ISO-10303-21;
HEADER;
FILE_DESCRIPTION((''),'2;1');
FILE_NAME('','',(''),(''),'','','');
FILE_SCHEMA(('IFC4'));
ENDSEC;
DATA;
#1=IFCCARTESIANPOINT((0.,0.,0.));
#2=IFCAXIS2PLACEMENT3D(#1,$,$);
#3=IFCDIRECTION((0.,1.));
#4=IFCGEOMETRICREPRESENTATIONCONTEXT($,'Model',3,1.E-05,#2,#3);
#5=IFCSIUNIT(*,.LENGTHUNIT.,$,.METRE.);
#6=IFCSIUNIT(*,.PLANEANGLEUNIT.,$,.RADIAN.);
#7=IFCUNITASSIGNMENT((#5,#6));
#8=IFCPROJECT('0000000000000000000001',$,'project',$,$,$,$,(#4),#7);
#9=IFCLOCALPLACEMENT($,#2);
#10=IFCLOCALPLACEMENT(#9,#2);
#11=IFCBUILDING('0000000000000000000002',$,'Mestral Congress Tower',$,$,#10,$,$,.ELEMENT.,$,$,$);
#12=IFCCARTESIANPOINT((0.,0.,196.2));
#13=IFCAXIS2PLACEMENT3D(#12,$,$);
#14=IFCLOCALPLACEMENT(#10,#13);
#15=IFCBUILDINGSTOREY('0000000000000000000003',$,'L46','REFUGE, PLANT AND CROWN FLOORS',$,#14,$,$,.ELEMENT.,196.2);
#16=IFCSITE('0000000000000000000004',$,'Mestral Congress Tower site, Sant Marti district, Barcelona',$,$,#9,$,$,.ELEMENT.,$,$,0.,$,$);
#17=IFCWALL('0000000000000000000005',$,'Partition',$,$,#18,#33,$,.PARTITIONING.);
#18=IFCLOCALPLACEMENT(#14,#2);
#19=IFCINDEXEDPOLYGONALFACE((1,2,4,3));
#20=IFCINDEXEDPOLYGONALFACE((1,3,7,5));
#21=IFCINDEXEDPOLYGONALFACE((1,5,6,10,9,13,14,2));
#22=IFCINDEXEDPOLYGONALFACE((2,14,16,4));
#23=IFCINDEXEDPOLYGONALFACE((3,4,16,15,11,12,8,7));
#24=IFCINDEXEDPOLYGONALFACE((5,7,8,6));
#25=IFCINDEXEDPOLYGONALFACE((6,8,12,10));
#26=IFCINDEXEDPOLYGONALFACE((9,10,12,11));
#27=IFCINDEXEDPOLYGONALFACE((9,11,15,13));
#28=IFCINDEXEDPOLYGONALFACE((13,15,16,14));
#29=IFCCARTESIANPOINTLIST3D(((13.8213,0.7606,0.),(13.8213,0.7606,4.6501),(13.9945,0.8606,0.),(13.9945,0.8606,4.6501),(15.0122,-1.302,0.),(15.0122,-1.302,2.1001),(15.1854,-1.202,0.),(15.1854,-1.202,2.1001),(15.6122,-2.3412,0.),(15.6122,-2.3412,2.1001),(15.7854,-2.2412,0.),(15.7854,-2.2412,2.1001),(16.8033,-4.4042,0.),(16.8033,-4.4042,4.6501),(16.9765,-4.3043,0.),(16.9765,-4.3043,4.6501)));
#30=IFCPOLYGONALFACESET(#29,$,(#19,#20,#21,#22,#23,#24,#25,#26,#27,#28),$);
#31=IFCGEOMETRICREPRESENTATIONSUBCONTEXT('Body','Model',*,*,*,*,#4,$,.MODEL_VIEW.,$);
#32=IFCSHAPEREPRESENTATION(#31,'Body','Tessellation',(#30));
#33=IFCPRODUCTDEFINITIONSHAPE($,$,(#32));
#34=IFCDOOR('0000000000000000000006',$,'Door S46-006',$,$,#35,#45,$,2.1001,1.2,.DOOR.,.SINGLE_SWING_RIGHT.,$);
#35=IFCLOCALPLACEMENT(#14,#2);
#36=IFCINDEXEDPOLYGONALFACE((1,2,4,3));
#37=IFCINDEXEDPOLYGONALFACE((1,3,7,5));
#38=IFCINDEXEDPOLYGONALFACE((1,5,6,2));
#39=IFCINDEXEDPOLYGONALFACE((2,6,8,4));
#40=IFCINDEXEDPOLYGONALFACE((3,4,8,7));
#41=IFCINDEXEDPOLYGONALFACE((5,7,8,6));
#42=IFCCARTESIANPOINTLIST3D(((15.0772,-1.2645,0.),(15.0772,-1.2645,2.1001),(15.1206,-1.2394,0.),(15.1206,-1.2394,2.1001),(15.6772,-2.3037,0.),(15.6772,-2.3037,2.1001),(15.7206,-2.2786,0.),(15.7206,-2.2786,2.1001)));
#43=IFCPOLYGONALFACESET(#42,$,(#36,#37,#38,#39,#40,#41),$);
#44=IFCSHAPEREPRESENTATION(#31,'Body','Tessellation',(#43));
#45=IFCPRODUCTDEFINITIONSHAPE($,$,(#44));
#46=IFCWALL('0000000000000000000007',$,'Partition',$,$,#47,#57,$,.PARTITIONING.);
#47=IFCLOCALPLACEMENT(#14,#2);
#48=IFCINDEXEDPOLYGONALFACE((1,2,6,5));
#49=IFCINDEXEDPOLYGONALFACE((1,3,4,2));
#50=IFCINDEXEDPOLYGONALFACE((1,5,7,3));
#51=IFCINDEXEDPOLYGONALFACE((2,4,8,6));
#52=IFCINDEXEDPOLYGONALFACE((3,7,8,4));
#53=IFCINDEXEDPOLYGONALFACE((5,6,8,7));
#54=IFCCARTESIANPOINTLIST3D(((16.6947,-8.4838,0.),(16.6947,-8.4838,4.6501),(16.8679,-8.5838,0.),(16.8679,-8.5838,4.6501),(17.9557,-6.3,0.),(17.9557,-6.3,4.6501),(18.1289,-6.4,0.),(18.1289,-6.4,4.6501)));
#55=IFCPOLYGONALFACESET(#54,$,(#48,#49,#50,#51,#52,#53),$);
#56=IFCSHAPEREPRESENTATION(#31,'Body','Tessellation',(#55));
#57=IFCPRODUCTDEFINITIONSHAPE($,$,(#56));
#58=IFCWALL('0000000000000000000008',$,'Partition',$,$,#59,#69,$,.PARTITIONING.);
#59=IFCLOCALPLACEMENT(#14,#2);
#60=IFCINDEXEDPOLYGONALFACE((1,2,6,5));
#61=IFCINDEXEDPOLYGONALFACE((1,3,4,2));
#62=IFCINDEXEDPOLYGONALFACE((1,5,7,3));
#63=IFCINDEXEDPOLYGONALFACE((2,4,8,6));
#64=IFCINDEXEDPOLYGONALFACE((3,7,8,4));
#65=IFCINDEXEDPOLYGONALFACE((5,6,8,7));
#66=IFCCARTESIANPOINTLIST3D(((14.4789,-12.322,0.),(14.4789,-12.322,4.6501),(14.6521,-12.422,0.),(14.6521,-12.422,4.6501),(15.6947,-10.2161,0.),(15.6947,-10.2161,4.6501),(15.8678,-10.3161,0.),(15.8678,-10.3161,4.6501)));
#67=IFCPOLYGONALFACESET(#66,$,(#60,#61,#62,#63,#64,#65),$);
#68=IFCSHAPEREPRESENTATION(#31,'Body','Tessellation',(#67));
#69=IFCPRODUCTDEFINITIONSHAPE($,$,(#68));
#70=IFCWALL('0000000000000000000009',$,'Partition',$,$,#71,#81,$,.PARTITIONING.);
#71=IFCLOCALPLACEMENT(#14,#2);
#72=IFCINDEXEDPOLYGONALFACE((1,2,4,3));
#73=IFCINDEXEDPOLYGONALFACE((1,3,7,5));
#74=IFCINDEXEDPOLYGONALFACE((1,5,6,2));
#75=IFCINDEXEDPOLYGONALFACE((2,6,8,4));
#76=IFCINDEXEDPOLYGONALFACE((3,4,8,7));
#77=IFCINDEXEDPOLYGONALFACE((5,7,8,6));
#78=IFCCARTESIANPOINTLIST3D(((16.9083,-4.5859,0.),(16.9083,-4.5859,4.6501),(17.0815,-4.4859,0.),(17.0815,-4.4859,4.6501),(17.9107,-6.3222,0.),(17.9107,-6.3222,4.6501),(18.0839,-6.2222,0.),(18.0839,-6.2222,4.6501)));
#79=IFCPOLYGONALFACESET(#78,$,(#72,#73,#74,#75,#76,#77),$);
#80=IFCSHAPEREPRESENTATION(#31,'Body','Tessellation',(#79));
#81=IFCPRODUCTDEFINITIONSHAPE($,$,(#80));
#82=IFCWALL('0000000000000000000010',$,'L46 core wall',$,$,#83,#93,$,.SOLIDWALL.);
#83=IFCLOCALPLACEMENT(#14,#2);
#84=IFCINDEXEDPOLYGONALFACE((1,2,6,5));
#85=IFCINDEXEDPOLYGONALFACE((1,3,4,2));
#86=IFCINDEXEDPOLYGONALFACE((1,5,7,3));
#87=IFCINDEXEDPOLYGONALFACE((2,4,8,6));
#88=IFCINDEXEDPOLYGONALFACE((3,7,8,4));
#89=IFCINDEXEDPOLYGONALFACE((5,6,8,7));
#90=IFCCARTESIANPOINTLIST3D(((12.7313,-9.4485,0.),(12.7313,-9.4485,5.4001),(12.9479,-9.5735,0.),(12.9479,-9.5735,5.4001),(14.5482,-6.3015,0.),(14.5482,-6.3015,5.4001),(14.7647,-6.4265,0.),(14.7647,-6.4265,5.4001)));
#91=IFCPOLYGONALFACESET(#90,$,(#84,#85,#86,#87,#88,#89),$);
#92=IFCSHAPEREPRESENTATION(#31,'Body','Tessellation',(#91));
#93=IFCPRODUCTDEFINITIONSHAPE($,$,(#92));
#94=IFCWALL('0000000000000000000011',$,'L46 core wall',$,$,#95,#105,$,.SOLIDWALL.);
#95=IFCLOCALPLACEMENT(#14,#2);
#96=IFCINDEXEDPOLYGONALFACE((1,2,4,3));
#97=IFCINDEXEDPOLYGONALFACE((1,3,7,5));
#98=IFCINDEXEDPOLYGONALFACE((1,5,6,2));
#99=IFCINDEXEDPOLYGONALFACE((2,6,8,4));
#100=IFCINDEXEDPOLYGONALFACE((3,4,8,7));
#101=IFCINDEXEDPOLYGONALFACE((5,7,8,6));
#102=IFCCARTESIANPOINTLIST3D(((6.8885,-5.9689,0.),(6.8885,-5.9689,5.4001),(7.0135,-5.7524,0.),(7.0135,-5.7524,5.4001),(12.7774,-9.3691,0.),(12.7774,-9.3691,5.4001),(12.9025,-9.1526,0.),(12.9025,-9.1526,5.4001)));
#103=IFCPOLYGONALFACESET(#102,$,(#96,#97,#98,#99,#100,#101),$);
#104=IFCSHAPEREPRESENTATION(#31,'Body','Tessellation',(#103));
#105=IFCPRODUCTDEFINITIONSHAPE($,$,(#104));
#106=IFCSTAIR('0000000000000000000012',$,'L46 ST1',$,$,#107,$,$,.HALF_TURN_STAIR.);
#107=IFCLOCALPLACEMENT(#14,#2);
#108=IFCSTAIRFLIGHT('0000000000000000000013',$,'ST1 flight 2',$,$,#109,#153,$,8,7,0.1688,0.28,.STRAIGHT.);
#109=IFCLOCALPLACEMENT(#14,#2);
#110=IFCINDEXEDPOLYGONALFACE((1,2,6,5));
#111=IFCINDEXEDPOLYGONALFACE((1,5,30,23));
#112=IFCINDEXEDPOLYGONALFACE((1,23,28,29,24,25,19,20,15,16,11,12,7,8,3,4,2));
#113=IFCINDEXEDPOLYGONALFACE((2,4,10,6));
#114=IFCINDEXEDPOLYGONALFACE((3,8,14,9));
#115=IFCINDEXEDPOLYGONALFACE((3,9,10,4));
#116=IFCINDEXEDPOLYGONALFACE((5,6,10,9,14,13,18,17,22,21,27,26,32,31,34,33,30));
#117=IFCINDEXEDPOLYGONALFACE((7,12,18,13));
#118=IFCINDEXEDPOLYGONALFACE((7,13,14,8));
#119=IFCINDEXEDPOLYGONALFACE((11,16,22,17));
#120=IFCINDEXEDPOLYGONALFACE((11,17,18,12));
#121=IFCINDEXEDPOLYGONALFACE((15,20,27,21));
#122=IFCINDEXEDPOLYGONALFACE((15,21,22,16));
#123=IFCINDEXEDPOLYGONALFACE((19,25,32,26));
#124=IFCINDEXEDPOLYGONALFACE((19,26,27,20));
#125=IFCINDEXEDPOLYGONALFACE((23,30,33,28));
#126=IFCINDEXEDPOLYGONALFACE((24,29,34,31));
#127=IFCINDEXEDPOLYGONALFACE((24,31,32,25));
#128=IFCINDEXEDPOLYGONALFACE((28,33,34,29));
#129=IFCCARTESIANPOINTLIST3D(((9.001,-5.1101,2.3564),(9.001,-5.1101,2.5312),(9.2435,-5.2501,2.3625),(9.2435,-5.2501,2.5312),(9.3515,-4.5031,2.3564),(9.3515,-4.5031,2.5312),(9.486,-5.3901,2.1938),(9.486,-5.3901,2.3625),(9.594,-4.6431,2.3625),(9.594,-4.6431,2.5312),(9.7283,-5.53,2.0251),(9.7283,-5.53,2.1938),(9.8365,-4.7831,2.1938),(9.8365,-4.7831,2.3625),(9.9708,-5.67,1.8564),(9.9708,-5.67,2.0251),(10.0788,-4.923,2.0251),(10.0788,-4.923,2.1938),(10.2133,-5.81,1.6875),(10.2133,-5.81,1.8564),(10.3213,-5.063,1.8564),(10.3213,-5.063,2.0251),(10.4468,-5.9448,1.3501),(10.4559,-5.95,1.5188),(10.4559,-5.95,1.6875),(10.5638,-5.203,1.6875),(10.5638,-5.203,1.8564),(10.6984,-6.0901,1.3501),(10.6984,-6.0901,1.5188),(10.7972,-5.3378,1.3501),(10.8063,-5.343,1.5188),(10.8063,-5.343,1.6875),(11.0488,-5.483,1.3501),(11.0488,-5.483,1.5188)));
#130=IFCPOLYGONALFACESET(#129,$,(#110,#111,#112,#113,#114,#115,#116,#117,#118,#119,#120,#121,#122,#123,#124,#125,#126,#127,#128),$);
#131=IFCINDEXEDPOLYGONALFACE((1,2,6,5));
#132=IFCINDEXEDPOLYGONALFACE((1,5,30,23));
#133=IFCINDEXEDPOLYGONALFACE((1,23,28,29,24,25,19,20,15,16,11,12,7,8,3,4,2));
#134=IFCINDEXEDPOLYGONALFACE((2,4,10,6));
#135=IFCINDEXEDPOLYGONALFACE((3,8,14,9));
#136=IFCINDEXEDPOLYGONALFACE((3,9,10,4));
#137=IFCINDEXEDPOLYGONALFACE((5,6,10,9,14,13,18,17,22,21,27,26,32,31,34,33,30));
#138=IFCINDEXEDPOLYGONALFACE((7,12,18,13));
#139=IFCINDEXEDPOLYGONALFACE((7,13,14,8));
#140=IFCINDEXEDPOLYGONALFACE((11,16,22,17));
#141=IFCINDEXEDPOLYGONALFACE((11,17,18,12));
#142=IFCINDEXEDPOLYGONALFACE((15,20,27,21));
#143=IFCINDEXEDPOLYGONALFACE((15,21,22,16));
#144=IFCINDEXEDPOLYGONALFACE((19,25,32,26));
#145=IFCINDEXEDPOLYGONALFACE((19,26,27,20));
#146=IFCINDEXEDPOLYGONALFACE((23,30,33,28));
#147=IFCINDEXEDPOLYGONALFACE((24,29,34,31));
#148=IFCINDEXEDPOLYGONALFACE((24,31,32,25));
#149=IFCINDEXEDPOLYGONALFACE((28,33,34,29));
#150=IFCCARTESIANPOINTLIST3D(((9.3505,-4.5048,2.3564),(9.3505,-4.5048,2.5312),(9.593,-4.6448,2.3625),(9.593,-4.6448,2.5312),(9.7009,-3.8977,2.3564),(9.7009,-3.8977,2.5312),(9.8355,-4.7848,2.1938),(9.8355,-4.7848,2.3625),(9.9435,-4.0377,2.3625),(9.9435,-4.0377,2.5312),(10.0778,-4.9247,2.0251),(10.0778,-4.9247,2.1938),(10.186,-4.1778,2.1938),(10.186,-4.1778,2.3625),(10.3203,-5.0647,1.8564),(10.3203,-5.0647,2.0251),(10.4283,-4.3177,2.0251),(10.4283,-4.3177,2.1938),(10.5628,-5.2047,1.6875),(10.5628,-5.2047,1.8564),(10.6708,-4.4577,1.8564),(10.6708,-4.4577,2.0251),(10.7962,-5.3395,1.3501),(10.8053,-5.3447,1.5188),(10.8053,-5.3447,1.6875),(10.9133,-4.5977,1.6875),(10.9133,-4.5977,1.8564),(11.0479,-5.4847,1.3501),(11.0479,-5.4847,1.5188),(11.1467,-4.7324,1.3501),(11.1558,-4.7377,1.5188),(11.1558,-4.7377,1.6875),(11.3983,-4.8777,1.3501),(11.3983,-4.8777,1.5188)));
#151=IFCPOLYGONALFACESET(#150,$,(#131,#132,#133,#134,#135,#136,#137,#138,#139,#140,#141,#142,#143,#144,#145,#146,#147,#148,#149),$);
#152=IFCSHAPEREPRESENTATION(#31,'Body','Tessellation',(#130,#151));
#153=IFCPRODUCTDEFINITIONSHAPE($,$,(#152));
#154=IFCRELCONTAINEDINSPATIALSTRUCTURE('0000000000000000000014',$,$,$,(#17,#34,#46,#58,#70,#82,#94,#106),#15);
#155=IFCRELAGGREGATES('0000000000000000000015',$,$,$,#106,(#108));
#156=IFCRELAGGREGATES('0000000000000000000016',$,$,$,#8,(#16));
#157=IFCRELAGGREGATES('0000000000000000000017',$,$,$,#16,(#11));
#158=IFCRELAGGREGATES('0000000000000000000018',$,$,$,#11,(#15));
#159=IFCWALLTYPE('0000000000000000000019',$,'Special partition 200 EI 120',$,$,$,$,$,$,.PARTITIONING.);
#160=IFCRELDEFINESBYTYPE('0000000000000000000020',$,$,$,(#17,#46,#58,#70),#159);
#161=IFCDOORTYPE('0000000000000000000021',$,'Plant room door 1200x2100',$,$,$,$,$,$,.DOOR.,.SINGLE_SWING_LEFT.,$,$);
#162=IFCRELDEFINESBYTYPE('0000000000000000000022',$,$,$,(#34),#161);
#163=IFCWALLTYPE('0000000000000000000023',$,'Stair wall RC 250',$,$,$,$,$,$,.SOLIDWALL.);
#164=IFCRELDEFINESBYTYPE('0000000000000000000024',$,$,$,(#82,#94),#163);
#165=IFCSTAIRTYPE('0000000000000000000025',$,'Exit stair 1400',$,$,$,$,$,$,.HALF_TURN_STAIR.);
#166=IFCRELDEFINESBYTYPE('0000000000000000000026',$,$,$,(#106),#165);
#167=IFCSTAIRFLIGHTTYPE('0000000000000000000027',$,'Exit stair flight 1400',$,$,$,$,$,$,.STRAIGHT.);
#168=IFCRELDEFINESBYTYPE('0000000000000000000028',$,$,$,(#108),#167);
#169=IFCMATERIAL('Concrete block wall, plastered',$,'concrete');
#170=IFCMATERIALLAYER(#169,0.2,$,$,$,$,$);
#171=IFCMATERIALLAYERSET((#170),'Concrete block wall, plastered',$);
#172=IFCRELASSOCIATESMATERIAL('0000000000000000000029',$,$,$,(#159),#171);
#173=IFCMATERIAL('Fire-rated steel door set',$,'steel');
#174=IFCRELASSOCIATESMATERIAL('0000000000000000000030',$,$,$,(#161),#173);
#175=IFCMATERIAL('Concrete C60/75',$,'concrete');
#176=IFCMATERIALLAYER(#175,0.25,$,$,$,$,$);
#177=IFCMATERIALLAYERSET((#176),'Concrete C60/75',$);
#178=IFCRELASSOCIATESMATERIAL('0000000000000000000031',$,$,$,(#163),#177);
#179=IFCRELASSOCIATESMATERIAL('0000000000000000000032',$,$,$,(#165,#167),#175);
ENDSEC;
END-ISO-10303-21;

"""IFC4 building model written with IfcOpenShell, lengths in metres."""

from ifc_helpers import new_model, si_unit, direction, frame, frame_2d, origin, place, context, subcontext, project, spatial, polyline, rectangle, outline, extrude, material, layer, layer_set, type_object, element, fill, aggregate, save


model = new_model("IFC4")

# Units and contexts
model_context = context("Model", 3, precision=1e-05, world=origin(), true_north=direction((0.0, 1.0)))
body_context = subcontext(model_context, "Body", "Model", "MODEL_VIEW")
ifc_project = project(units=[si_unit("LENGTHUNIT", "METRE"), si_unit("PLANEANGLEUNIT", "RADIAN")], contexts=[model_context])

# Site, building, storey
site_placement = place(None, origin())
site = spatial("IfcSite", under=ifc_project, at=site_placement, Name="Mestral Congress Tower site, Sant Marti district, Barcelona", CompositionType="ELEMENT", RefElevation=0.0)
building_placement = place(site_placement, origin())
building = spatial("IfcBuilding", under=site, at=building_placement, Name="Mestral Congress Tower", CompositionType="ELEMENT")
storey_placement = place(building_placement, frame((0.0, 0.0, 196.2)))
storey = spatial("IfcBuildingStorey", under=building, at=storey_placement, Name="L46", Description="REFUGE, PLANT AND CROWN FLOORS", CompositionType="ELEMENT", Elevation=196.2)

# Shared definitions
placement = place(storey_placement, origin())

# Shared definitions
ifc_material_1 = material(Name="Concrete C60/75", Category="concrete")

# Shared definitions
ifc_material_2 = material(Name="Fire-rated steel door set", Category="steel")
ifc_material_3 = material(Name="Concrete block wall, plastered", Category="concrete")
ifc_layer_1 = layer(ifc_material_3, 0.2)
ifc_layer_set_1 = layer_set([ifc_layer_1], Name="Concrete block wall, plastered")
wall_type_1 = type_object("IfcWallType", Name="Special partition 200 EI 120", PredefinedType="PARTITIONING", material=ifc_layer_set_1)

# Wall, opening, door
wall_1_placement = place(storey_placement, frame((16.8899, -4.3542, 0.0), z_axis=(0.0, 0.0, 1.0), x_axis=(-0.500005, 0.866023, 0.0)))
wall_1 = element("IfcWall", 1, at=wall_1_placement, inside=storey, type_object=wall_type_1, Name="Partition", PredefinedType="PARTITIONING", context=body_context, shape_type="SweptSolid", body=[
    extrude(rectangle(XDim=5.9639, YDim=0.2, at=frame_2d((2.9819, 0.0))), origin(), (0.0, 0.0, 1.0), 4.6501),
])
opening_1_placement = place(wall_1_placement, frame((2.3821, 0.0, 0.0)))
opening_1 = element("IfcOpeningElement", 2, at=opening_1_placement, cuts=wall_1, PredefinedType="OPENING", context=body_context, shape_type="SweptSolid", body=[
    extrude(rectangle(XDim=1.2, YDim=2.1001, at=frame_2d((0.6001, 1.05))), frame((0.0, 0.1099, 0.0), z_axis=(0.0, -1.0, 0.0), x_axis=(1.0, 0.0, 0.0)), (0.0, 0.0, 1.0), 0.22),
])
door_type_1 = type_object("IfcDoorType", Name="Plant room door 1200x2100", OperationType="SINGLE_SWING_LEFT", PredefinedType="DOOR", material=ifc_material_2)
door_1_placement = place(opening_1_placement, origin())
door_1 = element("IfcDoor", 3, at=door_1_placement, inside=storey, type_object=door_type_1, Name="Door S46-006", OperationType="SINGLE_SWING_RIGHT", OverallHeight=2.1001, OverallWidth=1.2, PredefinedType="DOOR", context=body_context, shape_type="SweptSolid", body=[
    extrude(rectangle(XDim=1.2, YDim=2.1001, at=frame_2d((0.6001, 1.05))), frame((0.0, 0.0249, 0.0), z_axis=(0.0, -1.0, 0.0), x_axis=(1.0, 0.0, 0.0)), (0.0, 0.0, 1.0), 0.05),
])
fill(opening_1, door_1)

# Walls
wall_2_placement = place(storey_placement, frame((18.0422, -6.3501, 0.0), z_axis=(0.0, 0.0, 1.0), x_axis=(-0.500044, -0.866, 0.0)))
element("IfcWall", 4, at=wall_2_placement, inside=storey, type_object=wall_type_1, Name="Partition", PredefinedType="PARTITIONING", context=body_context, shape_type="SweptSolid", body=[
    extrude(rectangle(XDim=2.5217, YDim=0.2, at=frame_2d((1.2607, 0.0))), origin(), (0.0, 0.0, 1.0), 4.6501),
])
wall_3_placement = place(storey_placement, frame((15.7812, -10.2661, 0.0), z_axis=(0.0, 0.0, 1.0), x_axis=(-0.499983, -0.866035, 0.0)))
element("IfcWall", 5, at=wall_3_placement, inside=storey, type_object=wall_type_1, Name="Partition", PredefinedType="PARTITIONING", context=body_context, shape_type="SweptSolid", body=[
    extrude(rectangle(XDim=2.4316, YDim=0.2, at=frame_2d((1.2158, 0.0))), origin(), (0.0, 0.0, 1.0), 4.6501),
])
wall_4_placement = place(storey_placement, frame((16.9949, -4.5359, 0.0), z_axis=(0.0, 0.0, 1.0), x_axis=(0.499989, -0.866031, 0.0)))
element("IfcWall", 6, at=wall_4_placement, inside=storey, type_object=wall_type_1, Name="Partition", PredefinedType="PARTITIONING", context=body_context, shape_type="SweptSolid", body=[
    extrude(rectangle(XDim=2.0049, YDim=0.2, at=frame_2d((1.0024, 0.0))), origin(), (0.0, 0.0, 1.0), 4.6501),
])
ifc_layer_2 = layer(ifc_material_1, 0.25)
ifc_layer_set_2 = layer_set([ifc_layer_2], Name="Concrete C60/75")
wall_type_2 = type_object("IfcWallType", Name="Stair wall RC 250", PredefinedType="SOLIDWALL", material=ifc_layer_set_2)
wall_5_placement = place(storey_placement, frame((12.8396, -9.511, 0.0), z_axis=(0.0, 0.0, 1.0), x_axis=(0.499998, 0.866027, 0.0)))
element("IfcWall", 7, at=wall_5_placement, inside=storey, type_object=wall_type_2, Name="L46 core wall", PredefinedType="SOLIDWALL", context=body_context, shape_type="SweptSolid", body=[
    extrude(rectangle(XDim=3.6338, YDim=0.25, at=frame_2d((1.8169, 0.0))), origin(), (0.0, 0.0, 1.0), 5.4001),
])
wall_6_placement = place(storey_placement, frame((12.8398, -9.2607, 0.0), z_axis=(0.0, 0.0, 1.0), x_axis=(-0.866014, 0.50002, 0.0)))
element("IfcWall", 8, at=wall_6_placement, inside=storey, type_object=wall_type_2, Name="L46 core wall", PredefinedType="SOLIDWALL", context=body_context, shape_type="SweptSolid", body=[
    extrude(rectangle(XDim=6.8, YDim=0.25, at=frame_2d((3.3999, 0.0))), origin(), (0.0, 0.0, 1.0), 5.4001),
])

# Stair, stair flight
stair_type = type_object("IfcStairType", Name="Exit stair 1400", PredefinedType="HALF_TURN_STAIR", material=ifc_material_1)
stair = element("IfcStair", 9, at=placement, inside=storey, type_object=stair_type, Name="L46 ST1", PredefinedType="HALF_TURN_STAIR")
stair_flight_type = type_object("IfcStairFlightType", Name="Exit stair flight 1400", PredefinedType="STRAIGHT", material=ifc_material_1)
stair_flight_1_placement = place(storey_placement, frame((11.0483, -5.4839, 1.3501), z_axis=(0.0, 0.0, 1.0), x_axis=(-0.866025, 0.5, 0.0)))
stair_flight_1 = element("IfcStairFlight", 10, at=stair_flight_1_placement, type_object=stair_flight_type, Name="ST1 flight 2", NumberOfRisers=8, NumberOfTreads=7, PredefinedType="STRAIGHT", RiserHeight=0.1688, TreadLength=0.28, context=body_context, shape_type="SweptSolid", body=[
    extrude(outline(polyline([(0.0, 0.0), (0.0, 0.1687), (0.28, 0.1687), (0.28, 0.3374), (0.5601, 0.3374), (0.5601, 0.5063), (0.8401, 0.5063), (0.8401, 0.675), (1.1201, 0.675), (1.1201, 0.8438), (1.3999, 0.8438), (1.3999, 1.0125), (1.6799, 1.0125), (1.6799, 1.1812), (1.96, 1.1812), (1.96, 1.3501), (1.96, 1.0063), (0.2905, 0.0), (0.0, 0.0)])), frame((0.0, 0.7, 0.0), z_axis=(0.0, -1.0, 0.0), x_axis=(1.0, 0.0, 0.0)), (0.0, 0.0, 1.0), 0.7009),
    extrude(outline(polyline([(0.0, 0.0), (0.0, 0.1687), (0.28, 0.1687), (0.28, 0.3374), (0.5601, 0.3374), (0.5601, 0.5063), (0.8401, 0.5063), (0.8401, 0.675), (1.1201, 0.675), (1.1201, 0.8438), (1.3999, 0.8438), (1.3999, 1.0125), (1.6799, 1.0125), (1.6799, 1.1812), (1.96, 1.1812), (1.96, 1.3501), (1.96, 1.0063), (0.2905, 0.0), (0.0, 0.0)])), frame((0.0, 0.001, 0.0), z_axis=(0.0, -1.0, 0.0), x_axis=(1.0, 0.0, 0.0)), (0.0, 0.0, 1.0), 0.7009),
])
aggregate(stair, [stair_flight_1])

save(model, "model.ifc")
